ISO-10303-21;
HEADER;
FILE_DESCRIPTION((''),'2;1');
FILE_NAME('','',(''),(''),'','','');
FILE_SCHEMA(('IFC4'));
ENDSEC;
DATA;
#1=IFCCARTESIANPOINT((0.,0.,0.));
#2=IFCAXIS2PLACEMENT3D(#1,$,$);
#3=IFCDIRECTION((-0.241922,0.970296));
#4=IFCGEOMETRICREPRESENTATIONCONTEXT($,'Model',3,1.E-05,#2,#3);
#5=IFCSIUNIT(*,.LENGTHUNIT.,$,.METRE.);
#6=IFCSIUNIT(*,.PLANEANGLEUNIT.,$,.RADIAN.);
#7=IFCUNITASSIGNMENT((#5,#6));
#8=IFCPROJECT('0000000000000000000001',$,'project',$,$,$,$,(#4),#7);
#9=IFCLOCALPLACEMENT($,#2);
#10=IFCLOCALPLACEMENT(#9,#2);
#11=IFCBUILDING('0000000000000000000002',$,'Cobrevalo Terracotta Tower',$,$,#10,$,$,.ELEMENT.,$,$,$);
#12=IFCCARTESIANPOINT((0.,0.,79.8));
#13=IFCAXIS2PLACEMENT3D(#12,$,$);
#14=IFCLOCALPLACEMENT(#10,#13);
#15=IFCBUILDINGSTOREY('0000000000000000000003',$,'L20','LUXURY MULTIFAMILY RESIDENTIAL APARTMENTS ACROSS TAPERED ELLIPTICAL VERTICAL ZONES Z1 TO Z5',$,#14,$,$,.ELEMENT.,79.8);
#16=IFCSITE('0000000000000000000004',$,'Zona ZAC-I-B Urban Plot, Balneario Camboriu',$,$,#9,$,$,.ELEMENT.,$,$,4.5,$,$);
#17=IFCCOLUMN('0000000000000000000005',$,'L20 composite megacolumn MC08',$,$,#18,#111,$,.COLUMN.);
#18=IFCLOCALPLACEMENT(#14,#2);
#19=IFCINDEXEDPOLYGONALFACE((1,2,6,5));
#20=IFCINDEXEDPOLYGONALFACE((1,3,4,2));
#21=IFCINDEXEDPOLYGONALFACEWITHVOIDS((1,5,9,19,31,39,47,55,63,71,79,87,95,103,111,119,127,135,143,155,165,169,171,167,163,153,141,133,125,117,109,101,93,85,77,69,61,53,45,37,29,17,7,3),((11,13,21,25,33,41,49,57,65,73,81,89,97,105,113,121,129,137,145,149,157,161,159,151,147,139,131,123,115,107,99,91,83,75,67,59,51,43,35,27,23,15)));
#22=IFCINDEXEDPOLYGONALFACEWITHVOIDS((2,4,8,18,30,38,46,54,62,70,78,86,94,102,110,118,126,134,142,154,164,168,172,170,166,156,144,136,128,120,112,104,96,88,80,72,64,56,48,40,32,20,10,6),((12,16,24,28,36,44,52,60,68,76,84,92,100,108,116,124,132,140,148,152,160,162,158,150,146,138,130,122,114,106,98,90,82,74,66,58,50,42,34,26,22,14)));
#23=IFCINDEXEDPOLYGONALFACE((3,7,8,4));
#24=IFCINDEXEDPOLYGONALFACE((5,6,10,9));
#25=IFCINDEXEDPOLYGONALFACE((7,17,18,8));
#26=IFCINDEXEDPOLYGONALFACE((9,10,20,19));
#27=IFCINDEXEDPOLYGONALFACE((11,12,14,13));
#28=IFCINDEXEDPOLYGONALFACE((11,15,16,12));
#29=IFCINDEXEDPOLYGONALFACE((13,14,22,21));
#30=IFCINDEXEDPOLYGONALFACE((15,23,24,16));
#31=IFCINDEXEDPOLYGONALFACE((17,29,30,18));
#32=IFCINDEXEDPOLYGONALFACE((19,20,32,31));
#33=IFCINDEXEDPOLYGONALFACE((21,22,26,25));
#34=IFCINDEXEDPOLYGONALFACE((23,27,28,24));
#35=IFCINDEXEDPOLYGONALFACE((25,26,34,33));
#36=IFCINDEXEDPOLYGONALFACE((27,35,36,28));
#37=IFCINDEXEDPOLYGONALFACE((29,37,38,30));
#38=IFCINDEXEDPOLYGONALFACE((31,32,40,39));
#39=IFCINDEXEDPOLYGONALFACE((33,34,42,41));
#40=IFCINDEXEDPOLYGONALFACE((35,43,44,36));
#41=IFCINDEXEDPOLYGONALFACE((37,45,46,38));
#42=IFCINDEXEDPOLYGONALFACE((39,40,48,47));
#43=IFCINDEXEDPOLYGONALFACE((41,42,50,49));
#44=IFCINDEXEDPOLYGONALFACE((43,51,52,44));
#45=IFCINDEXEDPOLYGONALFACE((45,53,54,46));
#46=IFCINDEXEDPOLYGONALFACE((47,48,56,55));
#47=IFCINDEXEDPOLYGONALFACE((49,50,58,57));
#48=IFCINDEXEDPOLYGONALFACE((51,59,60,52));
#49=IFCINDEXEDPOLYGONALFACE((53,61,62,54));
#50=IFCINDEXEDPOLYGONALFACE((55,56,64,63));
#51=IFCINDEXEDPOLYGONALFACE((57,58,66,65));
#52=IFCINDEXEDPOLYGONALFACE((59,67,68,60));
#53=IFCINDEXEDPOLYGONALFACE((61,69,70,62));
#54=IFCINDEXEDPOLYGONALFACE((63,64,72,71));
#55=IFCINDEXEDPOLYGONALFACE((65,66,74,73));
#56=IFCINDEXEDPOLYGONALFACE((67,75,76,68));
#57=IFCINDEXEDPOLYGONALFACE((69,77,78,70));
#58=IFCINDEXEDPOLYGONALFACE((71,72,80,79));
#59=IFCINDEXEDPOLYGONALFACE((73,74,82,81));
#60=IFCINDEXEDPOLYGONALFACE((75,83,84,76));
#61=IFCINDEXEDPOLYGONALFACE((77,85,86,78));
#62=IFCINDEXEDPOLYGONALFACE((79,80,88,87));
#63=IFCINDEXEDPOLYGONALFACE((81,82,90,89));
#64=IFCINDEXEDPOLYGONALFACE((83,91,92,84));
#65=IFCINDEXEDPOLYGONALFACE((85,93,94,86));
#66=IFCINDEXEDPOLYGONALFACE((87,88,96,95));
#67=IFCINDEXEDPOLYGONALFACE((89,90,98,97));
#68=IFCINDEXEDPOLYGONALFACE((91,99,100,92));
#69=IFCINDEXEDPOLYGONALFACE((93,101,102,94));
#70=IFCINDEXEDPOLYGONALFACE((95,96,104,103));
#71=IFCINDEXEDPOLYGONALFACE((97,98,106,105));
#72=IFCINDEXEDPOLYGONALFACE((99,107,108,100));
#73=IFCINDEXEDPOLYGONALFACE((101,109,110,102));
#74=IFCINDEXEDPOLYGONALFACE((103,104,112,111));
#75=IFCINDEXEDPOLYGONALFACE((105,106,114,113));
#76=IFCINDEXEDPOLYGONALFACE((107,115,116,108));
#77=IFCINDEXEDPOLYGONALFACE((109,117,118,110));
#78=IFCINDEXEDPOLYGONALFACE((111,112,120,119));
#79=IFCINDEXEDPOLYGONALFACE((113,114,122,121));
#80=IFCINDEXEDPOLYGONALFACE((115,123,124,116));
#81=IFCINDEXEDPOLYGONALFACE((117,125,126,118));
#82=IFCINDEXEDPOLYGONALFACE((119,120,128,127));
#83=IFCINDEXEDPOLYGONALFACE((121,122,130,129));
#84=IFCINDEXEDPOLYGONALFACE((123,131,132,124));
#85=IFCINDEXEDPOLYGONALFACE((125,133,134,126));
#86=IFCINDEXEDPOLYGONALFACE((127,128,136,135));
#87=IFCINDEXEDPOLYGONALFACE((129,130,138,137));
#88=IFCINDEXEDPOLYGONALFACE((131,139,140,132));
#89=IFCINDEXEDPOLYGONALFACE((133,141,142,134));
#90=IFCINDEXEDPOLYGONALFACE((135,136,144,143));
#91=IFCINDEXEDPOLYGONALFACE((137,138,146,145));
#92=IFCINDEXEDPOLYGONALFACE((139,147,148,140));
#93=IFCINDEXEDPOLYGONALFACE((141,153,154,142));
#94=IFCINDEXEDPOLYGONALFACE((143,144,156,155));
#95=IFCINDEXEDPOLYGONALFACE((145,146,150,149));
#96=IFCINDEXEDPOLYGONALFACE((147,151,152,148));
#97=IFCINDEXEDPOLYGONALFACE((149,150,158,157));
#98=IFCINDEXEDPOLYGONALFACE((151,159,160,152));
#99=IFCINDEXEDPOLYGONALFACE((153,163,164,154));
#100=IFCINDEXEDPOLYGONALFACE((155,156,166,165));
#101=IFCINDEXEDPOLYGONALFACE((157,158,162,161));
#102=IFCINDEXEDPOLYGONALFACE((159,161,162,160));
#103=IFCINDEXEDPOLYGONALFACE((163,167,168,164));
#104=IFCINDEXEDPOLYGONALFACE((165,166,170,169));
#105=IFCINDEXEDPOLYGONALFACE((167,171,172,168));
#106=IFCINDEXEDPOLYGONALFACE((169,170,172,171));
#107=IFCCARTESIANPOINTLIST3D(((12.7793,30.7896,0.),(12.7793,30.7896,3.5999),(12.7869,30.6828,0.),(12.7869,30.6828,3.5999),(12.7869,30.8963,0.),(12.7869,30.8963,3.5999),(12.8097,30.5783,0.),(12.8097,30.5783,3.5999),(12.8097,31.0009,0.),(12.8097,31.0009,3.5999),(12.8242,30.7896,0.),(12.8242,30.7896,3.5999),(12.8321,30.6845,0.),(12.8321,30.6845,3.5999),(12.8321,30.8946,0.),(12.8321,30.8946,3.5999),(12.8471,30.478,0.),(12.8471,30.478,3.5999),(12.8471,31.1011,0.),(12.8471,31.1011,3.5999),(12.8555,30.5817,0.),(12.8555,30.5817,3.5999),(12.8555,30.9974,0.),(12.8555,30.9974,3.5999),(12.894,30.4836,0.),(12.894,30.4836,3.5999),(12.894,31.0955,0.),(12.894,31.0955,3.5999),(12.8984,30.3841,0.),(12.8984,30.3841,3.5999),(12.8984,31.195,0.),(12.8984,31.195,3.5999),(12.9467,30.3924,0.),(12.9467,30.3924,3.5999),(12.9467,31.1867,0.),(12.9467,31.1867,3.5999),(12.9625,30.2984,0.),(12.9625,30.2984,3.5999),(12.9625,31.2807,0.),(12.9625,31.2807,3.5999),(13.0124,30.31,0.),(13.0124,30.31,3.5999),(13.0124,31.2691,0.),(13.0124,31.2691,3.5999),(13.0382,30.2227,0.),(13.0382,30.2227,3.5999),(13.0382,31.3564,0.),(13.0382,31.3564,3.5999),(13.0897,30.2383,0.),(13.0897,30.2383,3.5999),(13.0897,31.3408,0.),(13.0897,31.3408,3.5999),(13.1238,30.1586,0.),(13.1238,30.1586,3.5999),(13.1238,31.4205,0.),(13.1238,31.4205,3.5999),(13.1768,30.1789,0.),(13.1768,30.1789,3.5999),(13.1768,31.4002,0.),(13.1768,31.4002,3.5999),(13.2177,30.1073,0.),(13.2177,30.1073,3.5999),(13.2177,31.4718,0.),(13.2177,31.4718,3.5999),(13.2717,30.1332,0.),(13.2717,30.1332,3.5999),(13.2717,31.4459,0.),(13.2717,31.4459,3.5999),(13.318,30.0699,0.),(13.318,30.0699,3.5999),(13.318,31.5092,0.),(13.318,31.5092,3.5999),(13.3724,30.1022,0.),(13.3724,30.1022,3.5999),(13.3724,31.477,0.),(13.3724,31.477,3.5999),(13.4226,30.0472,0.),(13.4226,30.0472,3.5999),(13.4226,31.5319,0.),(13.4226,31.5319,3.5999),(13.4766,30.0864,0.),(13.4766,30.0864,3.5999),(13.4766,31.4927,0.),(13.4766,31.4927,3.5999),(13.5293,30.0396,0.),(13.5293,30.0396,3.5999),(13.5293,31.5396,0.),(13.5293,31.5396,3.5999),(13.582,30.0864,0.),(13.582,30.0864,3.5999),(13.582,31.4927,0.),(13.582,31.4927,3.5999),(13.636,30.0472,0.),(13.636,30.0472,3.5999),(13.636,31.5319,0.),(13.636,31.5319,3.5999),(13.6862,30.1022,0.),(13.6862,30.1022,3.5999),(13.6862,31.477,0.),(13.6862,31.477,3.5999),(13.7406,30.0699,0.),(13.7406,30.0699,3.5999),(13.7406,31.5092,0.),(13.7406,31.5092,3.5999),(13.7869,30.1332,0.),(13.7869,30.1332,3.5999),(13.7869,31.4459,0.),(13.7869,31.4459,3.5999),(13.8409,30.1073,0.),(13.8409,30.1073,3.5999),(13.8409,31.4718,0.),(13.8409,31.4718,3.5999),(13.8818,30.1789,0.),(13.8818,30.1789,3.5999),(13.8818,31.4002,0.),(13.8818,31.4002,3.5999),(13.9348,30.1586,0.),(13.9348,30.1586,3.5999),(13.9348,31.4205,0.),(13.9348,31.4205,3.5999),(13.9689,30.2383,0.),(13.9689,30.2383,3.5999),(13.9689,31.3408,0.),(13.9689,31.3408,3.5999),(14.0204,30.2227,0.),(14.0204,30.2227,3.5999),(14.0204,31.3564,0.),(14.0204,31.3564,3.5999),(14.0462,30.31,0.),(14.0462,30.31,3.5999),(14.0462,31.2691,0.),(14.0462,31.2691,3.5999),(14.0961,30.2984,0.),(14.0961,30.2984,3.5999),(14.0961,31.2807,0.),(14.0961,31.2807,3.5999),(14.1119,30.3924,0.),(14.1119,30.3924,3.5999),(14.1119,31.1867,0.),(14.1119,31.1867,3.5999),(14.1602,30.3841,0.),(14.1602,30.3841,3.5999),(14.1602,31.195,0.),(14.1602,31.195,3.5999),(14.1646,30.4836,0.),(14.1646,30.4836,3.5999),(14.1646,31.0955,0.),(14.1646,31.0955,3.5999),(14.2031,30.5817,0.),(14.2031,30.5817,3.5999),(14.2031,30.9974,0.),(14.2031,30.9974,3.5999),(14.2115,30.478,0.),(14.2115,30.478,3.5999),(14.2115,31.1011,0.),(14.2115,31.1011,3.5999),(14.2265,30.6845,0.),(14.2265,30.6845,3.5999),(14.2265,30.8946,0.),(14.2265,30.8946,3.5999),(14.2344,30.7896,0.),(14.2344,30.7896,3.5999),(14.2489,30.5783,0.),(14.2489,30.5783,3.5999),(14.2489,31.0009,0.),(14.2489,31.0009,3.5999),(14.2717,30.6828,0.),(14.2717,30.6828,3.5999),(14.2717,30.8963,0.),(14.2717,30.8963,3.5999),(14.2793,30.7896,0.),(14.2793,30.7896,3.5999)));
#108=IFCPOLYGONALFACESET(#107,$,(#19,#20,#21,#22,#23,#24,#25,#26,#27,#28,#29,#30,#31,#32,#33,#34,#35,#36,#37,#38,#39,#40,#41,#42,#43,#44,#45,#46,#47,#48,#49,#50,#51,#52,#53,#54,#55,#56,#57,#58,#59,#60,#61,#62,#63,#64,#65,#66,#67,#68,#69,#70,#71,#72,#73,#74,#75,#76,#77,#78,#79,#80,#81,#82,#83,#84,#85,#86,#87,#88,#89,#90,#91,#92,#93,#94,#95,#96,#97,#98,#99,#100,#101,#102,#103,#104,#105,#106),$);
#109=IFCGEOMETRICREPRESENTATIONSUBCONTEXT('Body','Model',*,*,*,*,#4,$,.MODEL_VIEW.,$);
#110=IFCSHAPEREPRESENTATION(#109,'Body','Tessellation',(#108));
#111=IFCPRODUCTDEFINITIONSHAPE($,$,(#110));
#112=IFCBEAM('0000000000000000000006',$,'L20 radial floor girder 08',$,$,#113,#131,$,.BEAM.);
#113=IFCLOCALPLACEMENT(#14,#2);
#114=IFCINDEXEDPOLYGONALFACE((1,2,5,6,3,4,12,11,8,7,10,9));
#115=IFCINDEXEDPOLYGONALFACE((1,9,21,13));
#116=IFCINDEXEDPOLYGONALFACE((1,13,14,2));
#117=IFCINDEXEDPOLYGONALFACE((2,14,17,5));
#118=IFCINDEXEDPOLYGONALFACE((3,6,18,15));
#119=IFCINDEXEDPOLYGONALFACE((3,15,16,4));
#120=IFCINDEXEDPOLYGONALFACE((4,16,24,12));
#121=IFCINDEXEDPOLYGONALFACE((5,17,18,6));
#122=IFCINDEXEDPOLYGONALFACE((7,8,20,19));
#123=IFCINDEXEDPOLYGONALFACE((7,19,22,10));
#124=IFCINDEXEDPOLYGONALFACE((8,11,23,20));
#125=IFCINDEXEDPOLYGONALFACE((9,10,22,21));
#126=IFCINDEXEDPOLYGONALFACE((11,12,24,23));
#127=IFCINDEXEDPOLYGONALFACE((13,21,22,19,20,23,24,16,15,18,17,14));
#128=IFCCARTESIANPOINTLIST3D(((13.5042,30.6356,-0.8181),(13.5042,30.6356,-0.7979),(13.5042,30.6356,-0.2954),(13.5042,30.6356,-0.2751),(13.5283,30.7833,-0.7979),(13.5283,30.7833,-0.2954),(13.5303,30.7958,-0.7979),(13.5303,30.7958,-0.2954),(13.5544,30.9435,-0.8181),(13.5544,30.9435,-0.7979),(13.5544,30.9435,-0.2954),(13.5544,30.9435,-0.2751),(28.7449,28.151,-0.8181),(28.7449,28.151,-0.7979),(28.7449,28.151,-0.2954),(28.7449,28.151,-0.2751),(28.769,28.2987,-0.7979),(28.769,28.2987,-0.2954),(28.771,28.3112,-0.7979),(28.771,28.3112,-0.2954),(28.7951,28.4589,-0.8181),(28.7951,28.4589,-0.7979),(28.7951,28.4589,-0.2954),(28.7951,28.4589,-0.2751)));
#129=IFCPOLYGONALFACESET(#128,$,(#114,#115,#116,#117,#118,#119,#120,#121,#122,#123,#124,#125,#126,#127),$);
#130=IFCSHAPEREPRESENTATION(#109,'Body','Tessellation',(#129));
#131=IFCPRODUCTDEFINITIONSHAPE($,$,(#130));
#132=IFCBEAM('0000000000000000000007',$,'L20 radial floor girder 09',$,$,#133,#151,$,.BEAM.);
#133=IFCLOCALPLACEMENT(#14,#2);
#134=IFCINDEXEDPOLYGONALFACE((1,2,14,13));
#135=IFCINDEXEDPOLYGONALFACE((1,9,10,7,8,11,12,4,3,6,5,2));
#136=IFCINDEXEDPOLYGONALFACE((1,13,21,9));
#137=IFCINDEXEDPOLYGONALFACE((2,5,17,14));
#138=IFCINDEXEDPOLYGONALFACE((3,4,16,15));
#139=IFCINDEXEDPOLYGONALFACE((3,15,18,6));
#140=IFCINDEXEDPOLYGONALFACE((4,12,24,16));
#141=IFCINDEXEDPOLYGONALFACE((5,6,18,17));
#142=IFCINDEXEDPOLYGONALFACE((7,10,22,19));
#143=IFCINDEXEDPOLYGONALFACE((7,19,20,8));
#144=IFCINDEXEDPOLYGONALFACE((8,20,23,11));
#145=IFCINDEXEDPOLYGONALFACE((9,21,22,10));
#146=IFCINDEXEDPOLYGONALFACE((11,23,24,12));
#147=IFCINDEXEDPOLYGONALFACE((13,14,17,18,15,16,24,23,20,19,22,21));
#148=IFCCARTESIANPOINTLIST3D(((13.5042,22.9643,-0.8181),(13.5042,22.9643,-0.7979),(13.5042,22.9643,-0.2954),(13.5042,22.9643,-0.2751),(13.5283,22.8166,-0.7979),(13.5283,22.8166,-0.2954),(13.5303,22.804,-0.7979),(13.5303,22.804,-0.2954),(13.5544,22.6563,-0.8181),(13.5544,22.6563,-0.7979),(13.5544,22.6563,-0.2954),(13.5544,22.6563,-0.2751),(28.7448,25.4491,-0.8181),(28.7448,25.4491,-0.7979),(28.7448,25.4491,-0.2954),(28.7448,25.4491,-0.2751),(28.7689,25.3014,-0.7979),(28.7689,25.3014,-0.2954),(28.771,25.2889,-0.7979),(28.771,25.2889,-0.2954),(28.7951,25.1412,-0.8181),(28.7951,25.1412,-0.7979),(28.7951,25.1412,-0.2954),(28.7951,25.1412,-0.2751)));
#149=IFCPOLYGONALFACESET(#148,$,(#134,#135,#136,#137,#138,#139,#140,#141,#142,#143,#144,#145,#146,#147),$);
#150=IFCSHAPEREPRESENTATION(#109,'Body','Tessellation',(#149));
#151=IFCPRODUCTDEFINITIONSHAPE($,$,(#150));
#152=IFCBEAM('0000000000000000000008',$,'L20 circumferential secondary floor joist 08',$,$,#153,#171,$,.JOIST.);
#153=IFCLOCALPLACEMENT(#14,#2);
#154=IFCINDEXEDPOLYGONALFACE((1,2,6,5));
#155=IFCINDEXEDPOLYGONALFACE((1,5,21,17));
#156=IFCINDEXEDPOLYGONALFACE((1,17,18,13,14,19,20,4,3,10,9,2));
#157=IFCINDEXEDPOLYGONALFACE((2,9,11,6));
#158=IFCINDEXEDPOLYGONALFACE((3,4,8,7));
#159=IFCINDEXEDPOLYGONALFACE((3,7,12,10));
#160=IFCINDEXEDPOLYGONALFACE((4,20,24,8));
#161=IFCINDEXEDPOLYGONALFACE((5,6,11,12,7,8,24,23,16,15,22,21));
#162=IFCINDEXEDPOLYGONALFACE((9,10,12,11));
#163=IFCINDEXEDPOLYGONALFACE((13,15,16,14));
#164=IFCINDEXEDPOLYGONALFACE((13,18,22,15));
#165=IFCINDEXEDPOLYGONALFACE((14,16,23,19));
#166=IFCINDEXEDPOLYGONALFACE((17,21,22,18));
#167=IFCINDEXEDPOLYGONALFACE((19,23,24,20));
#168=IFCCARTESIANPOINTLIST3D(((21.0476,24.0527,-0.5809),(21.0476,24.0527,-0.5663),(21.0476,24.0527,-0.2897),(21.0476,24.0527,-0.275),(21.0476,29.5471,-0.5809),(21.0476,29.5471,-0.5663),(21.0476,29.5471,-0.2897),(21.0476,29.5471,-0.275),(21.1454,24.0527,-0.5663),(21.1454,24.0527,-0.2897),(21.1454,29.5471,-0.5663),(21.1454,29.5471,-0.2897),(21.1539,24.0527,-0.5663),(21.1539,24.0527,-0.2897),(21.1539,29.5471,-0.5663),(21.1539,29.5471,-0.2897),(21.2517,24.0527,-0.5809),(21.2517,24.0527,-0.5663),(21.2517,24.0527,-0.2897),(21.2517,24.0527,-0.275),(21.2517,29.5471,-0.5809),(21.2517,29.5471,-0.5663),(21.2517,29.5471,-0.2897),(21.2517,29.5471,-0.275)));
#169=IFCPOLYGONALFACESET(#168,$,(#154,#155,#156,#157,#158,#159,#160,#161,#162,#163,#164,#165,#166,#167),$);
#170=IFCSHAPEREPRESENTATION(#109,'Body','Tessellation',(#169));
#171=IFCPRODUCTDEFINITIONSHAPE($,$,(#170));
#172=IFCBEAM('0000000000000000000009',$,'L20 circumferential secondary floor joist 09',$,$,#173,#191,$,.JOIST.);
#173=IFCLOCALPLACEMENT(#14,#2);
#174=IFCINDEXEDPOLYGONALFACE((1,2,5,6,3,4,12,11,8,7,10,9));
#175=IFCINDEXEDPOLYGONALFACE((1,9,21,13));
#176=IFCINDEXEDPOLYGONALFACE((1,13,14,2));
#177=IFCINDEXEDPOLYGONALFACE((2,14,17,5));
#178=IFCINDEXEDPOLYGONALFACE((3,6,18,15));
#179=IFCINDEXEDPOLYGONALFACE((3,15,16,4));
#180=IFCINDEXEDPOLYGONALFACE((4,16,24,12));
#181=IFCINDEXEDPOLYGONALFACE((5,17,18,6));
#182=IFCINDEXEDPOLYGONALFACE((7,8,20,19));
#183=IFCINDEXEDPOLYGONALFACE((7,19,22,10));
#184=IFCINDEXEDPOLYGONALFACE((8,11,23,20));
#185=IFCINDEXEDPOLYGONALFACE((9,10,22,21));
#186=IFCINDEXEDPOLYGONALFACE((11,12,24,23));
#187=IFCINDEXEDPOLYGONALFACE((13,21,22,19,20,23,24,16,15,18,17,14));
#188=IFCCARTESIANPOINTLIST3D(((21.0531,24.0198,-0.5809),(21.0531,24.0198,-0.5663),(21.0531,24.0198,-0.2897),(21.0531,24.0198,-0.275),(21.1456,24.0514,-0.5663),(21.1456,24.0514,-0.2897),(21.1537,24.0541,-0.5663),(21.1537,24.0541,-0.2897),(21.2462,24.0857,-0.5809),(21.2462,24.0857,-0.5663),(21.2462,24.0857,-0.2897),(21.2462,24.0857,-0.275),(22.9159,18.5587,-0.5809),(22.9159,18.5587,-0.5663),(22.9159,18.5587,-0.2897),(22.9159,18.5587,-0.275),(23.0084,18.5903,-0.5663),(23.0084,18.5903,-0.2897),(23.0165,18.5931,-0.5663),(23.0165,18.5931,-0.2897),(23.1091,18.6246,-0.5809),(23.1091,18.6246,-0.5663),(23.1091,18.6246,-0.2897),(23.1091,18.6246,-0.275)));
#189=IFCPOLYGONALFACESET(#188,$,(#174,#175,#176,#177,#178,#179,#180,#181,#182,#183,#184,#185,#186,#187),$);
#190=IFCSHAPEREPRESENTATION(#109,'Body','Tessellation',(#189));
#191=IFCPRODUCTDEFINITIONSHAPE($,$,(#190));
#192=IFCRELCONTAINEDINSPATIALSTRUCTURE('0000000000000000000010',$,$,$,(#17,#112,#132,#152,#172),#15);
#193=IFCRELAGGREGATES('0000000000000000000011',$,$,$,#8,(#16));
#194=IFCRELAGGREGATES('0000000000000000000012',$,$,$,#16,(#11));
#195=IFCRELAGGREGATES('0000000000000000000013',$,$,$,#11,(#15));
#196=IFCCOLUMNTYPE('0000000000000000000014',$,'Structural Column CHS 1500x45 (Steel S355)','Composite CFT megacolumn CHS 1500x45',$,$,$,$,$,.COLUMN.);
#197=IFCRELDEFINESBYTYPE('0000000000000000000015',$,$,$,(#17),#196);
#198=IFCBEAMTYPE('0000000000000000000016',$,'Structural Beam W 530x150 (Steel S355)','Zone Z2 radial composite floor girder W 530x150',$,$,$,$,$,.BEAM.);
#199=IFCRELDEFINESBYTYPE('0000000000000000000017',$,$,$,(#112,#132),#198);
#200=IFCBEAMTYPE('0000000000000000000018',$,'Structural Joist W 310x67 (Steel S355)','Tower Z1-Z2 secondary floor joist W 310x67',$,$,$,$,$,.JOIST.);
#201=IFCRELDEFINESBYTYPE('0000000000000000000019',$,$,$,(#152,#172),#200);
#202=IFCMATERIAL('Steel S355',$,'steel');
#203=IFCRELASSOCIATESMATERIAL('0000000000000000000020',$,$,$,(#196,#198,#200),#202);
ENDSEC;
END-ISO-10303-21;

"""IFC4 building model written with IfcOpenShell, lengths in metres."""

from ifc_helpers import new_model, si_unit, direction, frame, origin, origin_2d, place, context, subcontext, project, spatial, hollow_circle, i_section, extrude, material, material_profile, profile_set, type_object, element, save


model = new_model("IFC4")

# Units and contexts
model_context = context("Model", 3, precision=1e-05, world=origin(), true_north=direction((-0.241922, 0.970296)))
body_context = subcontext(model_context, "Body", "Model", "MODEL_VIEW")
ifc_project = project(units=[si_unit("LENGTHUNIT", "METRE"), si_unit("PLANEANGLEUNIT", "RADIAN")], contexts=[model_context])

# Site, building, storey
site_placement = place(None, origin())
site = spatial("IfcSite", under=ifc_project, at=site_placement, Name="Zona ZAC-I-B Urban Plot, Balneario Camboriu", CompositionType="ELEMENT", RefElevation=4.5)
building_placement = place(site_placement, origin())
building = spatial("IfcBuilding", under=site, at=building_placement, Name="Cobrevalo Terracotta Tower", CompositionType="ELEMENT")
storey_placement = place(building_placement, frame((0.0, 0.0, 79.8)))
storey = spatial("IfcBuildingStorey", under=building, at=storey_placement, Name="L20", Description="LUXURY MULTIFAMILY RESIDENTIAL APARTMENTS ACROSS TAPERED ELLIPTICAL VERTICAL ZONES Z1 TO Z5", CompositionType="ELEMENT", Elevation=79.8)

# Column
ifc_material_1 = material(Name="Steel S355", Category="steel")
ifc_material_profile_1 = material_profile(ifc_material_1, hollow_circle(Radius=0.75, WallThickness=0.0449, at=origin_2d()), Name="CHS 1500x45")
ifc_profile_set_1 = profile_set([ifc_material_profile_1], Name="Steel S355")
column_type = type_object("IfcColumnType", Name="Structural Column CHS 1500x45 (Steel S355)", Description="Composite CFT megacolumn CHS 1500x45", PredefinedType="COLUMN", material=ifc_profile_set_1)
column_placement = place(storey_placement, frame((13.5293, 30.7896, 0.0), z_axis=(0.0, 0.0, 1.0), x_axis=(1.0, 0.0, 0.0)))
element("IfcColumn", 1, at=column_placement, inside=storey, type_object=column_type, Name="L20 composite megacolumn MC08", PredefinedType="COLUMN", context=body_context, shape_type="SweptSolid", body=[
    extrude(hollow_circle(Radius=0.75, WallThickness=0.0449, at=origin_2d()), origin(), (0.0, 0.0, 1.0), 3.5999),
])

# Beams
ifc_material_profile_2 = material_profile(ifc_material_1, i_section(OverallWidth=0.312, OverallDepth=0.543, WebThickness=0.0127, FlangeThickness=0.0203, at=origin_2d()), Name="W 530x150")
ifc_profile_set_2 = profile_set([ifc_material_profile_2], Name="Steel S355")
beam_type_1 = type_object("IfcBeamType", Name="Structural Beam W 530x150 (Steel S355)", Description="Zone Z2 radial composite floor girder W 530x150", PredefinedType="BEAM", material=ifc_profile_set_2)
for number, where, z_axis, x_axis, name in (
    (2, (13.5293, 30.7896, -0.5466), (0.986971, -0.160901, 0.0), (0.160901, 0.986971, 0.0), "L20 radial floor girder 08"),
    (3, (13.5293, 22.8103, -0.5466), (0.986968, 0.160916, 0.0), (-0.160916, 0.986968, 0.0), "L20 radial floor girder 09"),
):
    element("IfcBeam", number, at=place(storey_placement, frame(where, z_axis=z_axis, x_axis=x_axis)), inside=storey, type_object=beam_type_1, Name=name, PredefinedType="BEAM", context=body_context, shape_type="SweptSolid", body=[
        extrude(i_section(OverallWidth=0.312, OverallDepth=0.543, WebThickness=0.0127, FlangeThickness=0.0203, at=origin_2d()), origin(), (0.0, 0.0, 1.0), 15.4419),
    ])
ifc_material_profile_3 = material_profile(ifc_material_1, i_section(OverallWidth=0.2041, OverallDepth=0.3059, WebThickness=0.0085, FlangeThickness=0.0146, at=origin_2d()), Name="W 310x67")
ifc_profile_set_3 = profile_set([ifc_material_profile_3], Name="Steel S355")
beam_type_2 = type_object("IfcBeamType", Name="Structural Joist W 310x67 (Steel S355)", Description="Tower Z1-Z2 secondary floor joist W 310x67", PredefinedType="JOIST", material=ifc_profile_set_3)
beam_1_placement = place(storey_placement, frame((21.1497, 29.5471, -0.428), z_axis=(0.0, -1.0, 0.0), x_axis=(1.0, 0.0, 0.0)))
element("IfcBeam", 4, at=beam_1_placement, inside=storey, type_object=beam_type_2, Name="L20 circumferential secondary floor joist 08", PredefinedType="JOIST", context=body_context, shape_type="SweptSolid", body=[
    extrude(i_section(OverallWidth=0.2041, OverallDepth=0.3059, WebThickness=0.0085, FlangeThickness=0.0146, at=origin_2d()), origin(), (0.0, 0.0, 1.0), 5.4944),
])
beam_2_placement = place(storey_placement, frame((21.1497, 24.0527, -0.428), z_axis=(0.322846, -0.946451, 0.0), x_axis=(0.946451, 0.322846, 0.0)))
element("IfcBeam", 5, at=beam_2_placement, inside=storey, type_object=beam_type_2, Name="L20 circumferential secondary floor joist 09", PredefinedType="JOIST", context=body_context, shape_type="SweptSolid", body=[
    extrude(i_section(OverallWidth=0.2041, OverallDepth=0.3059, WebThickness=0.0085, FlangeThickness=0.0146, at=origin_2d()), origin(), (0.0, 0.0, 1.0), 5.77),
])

save(model, "model.ifc")
